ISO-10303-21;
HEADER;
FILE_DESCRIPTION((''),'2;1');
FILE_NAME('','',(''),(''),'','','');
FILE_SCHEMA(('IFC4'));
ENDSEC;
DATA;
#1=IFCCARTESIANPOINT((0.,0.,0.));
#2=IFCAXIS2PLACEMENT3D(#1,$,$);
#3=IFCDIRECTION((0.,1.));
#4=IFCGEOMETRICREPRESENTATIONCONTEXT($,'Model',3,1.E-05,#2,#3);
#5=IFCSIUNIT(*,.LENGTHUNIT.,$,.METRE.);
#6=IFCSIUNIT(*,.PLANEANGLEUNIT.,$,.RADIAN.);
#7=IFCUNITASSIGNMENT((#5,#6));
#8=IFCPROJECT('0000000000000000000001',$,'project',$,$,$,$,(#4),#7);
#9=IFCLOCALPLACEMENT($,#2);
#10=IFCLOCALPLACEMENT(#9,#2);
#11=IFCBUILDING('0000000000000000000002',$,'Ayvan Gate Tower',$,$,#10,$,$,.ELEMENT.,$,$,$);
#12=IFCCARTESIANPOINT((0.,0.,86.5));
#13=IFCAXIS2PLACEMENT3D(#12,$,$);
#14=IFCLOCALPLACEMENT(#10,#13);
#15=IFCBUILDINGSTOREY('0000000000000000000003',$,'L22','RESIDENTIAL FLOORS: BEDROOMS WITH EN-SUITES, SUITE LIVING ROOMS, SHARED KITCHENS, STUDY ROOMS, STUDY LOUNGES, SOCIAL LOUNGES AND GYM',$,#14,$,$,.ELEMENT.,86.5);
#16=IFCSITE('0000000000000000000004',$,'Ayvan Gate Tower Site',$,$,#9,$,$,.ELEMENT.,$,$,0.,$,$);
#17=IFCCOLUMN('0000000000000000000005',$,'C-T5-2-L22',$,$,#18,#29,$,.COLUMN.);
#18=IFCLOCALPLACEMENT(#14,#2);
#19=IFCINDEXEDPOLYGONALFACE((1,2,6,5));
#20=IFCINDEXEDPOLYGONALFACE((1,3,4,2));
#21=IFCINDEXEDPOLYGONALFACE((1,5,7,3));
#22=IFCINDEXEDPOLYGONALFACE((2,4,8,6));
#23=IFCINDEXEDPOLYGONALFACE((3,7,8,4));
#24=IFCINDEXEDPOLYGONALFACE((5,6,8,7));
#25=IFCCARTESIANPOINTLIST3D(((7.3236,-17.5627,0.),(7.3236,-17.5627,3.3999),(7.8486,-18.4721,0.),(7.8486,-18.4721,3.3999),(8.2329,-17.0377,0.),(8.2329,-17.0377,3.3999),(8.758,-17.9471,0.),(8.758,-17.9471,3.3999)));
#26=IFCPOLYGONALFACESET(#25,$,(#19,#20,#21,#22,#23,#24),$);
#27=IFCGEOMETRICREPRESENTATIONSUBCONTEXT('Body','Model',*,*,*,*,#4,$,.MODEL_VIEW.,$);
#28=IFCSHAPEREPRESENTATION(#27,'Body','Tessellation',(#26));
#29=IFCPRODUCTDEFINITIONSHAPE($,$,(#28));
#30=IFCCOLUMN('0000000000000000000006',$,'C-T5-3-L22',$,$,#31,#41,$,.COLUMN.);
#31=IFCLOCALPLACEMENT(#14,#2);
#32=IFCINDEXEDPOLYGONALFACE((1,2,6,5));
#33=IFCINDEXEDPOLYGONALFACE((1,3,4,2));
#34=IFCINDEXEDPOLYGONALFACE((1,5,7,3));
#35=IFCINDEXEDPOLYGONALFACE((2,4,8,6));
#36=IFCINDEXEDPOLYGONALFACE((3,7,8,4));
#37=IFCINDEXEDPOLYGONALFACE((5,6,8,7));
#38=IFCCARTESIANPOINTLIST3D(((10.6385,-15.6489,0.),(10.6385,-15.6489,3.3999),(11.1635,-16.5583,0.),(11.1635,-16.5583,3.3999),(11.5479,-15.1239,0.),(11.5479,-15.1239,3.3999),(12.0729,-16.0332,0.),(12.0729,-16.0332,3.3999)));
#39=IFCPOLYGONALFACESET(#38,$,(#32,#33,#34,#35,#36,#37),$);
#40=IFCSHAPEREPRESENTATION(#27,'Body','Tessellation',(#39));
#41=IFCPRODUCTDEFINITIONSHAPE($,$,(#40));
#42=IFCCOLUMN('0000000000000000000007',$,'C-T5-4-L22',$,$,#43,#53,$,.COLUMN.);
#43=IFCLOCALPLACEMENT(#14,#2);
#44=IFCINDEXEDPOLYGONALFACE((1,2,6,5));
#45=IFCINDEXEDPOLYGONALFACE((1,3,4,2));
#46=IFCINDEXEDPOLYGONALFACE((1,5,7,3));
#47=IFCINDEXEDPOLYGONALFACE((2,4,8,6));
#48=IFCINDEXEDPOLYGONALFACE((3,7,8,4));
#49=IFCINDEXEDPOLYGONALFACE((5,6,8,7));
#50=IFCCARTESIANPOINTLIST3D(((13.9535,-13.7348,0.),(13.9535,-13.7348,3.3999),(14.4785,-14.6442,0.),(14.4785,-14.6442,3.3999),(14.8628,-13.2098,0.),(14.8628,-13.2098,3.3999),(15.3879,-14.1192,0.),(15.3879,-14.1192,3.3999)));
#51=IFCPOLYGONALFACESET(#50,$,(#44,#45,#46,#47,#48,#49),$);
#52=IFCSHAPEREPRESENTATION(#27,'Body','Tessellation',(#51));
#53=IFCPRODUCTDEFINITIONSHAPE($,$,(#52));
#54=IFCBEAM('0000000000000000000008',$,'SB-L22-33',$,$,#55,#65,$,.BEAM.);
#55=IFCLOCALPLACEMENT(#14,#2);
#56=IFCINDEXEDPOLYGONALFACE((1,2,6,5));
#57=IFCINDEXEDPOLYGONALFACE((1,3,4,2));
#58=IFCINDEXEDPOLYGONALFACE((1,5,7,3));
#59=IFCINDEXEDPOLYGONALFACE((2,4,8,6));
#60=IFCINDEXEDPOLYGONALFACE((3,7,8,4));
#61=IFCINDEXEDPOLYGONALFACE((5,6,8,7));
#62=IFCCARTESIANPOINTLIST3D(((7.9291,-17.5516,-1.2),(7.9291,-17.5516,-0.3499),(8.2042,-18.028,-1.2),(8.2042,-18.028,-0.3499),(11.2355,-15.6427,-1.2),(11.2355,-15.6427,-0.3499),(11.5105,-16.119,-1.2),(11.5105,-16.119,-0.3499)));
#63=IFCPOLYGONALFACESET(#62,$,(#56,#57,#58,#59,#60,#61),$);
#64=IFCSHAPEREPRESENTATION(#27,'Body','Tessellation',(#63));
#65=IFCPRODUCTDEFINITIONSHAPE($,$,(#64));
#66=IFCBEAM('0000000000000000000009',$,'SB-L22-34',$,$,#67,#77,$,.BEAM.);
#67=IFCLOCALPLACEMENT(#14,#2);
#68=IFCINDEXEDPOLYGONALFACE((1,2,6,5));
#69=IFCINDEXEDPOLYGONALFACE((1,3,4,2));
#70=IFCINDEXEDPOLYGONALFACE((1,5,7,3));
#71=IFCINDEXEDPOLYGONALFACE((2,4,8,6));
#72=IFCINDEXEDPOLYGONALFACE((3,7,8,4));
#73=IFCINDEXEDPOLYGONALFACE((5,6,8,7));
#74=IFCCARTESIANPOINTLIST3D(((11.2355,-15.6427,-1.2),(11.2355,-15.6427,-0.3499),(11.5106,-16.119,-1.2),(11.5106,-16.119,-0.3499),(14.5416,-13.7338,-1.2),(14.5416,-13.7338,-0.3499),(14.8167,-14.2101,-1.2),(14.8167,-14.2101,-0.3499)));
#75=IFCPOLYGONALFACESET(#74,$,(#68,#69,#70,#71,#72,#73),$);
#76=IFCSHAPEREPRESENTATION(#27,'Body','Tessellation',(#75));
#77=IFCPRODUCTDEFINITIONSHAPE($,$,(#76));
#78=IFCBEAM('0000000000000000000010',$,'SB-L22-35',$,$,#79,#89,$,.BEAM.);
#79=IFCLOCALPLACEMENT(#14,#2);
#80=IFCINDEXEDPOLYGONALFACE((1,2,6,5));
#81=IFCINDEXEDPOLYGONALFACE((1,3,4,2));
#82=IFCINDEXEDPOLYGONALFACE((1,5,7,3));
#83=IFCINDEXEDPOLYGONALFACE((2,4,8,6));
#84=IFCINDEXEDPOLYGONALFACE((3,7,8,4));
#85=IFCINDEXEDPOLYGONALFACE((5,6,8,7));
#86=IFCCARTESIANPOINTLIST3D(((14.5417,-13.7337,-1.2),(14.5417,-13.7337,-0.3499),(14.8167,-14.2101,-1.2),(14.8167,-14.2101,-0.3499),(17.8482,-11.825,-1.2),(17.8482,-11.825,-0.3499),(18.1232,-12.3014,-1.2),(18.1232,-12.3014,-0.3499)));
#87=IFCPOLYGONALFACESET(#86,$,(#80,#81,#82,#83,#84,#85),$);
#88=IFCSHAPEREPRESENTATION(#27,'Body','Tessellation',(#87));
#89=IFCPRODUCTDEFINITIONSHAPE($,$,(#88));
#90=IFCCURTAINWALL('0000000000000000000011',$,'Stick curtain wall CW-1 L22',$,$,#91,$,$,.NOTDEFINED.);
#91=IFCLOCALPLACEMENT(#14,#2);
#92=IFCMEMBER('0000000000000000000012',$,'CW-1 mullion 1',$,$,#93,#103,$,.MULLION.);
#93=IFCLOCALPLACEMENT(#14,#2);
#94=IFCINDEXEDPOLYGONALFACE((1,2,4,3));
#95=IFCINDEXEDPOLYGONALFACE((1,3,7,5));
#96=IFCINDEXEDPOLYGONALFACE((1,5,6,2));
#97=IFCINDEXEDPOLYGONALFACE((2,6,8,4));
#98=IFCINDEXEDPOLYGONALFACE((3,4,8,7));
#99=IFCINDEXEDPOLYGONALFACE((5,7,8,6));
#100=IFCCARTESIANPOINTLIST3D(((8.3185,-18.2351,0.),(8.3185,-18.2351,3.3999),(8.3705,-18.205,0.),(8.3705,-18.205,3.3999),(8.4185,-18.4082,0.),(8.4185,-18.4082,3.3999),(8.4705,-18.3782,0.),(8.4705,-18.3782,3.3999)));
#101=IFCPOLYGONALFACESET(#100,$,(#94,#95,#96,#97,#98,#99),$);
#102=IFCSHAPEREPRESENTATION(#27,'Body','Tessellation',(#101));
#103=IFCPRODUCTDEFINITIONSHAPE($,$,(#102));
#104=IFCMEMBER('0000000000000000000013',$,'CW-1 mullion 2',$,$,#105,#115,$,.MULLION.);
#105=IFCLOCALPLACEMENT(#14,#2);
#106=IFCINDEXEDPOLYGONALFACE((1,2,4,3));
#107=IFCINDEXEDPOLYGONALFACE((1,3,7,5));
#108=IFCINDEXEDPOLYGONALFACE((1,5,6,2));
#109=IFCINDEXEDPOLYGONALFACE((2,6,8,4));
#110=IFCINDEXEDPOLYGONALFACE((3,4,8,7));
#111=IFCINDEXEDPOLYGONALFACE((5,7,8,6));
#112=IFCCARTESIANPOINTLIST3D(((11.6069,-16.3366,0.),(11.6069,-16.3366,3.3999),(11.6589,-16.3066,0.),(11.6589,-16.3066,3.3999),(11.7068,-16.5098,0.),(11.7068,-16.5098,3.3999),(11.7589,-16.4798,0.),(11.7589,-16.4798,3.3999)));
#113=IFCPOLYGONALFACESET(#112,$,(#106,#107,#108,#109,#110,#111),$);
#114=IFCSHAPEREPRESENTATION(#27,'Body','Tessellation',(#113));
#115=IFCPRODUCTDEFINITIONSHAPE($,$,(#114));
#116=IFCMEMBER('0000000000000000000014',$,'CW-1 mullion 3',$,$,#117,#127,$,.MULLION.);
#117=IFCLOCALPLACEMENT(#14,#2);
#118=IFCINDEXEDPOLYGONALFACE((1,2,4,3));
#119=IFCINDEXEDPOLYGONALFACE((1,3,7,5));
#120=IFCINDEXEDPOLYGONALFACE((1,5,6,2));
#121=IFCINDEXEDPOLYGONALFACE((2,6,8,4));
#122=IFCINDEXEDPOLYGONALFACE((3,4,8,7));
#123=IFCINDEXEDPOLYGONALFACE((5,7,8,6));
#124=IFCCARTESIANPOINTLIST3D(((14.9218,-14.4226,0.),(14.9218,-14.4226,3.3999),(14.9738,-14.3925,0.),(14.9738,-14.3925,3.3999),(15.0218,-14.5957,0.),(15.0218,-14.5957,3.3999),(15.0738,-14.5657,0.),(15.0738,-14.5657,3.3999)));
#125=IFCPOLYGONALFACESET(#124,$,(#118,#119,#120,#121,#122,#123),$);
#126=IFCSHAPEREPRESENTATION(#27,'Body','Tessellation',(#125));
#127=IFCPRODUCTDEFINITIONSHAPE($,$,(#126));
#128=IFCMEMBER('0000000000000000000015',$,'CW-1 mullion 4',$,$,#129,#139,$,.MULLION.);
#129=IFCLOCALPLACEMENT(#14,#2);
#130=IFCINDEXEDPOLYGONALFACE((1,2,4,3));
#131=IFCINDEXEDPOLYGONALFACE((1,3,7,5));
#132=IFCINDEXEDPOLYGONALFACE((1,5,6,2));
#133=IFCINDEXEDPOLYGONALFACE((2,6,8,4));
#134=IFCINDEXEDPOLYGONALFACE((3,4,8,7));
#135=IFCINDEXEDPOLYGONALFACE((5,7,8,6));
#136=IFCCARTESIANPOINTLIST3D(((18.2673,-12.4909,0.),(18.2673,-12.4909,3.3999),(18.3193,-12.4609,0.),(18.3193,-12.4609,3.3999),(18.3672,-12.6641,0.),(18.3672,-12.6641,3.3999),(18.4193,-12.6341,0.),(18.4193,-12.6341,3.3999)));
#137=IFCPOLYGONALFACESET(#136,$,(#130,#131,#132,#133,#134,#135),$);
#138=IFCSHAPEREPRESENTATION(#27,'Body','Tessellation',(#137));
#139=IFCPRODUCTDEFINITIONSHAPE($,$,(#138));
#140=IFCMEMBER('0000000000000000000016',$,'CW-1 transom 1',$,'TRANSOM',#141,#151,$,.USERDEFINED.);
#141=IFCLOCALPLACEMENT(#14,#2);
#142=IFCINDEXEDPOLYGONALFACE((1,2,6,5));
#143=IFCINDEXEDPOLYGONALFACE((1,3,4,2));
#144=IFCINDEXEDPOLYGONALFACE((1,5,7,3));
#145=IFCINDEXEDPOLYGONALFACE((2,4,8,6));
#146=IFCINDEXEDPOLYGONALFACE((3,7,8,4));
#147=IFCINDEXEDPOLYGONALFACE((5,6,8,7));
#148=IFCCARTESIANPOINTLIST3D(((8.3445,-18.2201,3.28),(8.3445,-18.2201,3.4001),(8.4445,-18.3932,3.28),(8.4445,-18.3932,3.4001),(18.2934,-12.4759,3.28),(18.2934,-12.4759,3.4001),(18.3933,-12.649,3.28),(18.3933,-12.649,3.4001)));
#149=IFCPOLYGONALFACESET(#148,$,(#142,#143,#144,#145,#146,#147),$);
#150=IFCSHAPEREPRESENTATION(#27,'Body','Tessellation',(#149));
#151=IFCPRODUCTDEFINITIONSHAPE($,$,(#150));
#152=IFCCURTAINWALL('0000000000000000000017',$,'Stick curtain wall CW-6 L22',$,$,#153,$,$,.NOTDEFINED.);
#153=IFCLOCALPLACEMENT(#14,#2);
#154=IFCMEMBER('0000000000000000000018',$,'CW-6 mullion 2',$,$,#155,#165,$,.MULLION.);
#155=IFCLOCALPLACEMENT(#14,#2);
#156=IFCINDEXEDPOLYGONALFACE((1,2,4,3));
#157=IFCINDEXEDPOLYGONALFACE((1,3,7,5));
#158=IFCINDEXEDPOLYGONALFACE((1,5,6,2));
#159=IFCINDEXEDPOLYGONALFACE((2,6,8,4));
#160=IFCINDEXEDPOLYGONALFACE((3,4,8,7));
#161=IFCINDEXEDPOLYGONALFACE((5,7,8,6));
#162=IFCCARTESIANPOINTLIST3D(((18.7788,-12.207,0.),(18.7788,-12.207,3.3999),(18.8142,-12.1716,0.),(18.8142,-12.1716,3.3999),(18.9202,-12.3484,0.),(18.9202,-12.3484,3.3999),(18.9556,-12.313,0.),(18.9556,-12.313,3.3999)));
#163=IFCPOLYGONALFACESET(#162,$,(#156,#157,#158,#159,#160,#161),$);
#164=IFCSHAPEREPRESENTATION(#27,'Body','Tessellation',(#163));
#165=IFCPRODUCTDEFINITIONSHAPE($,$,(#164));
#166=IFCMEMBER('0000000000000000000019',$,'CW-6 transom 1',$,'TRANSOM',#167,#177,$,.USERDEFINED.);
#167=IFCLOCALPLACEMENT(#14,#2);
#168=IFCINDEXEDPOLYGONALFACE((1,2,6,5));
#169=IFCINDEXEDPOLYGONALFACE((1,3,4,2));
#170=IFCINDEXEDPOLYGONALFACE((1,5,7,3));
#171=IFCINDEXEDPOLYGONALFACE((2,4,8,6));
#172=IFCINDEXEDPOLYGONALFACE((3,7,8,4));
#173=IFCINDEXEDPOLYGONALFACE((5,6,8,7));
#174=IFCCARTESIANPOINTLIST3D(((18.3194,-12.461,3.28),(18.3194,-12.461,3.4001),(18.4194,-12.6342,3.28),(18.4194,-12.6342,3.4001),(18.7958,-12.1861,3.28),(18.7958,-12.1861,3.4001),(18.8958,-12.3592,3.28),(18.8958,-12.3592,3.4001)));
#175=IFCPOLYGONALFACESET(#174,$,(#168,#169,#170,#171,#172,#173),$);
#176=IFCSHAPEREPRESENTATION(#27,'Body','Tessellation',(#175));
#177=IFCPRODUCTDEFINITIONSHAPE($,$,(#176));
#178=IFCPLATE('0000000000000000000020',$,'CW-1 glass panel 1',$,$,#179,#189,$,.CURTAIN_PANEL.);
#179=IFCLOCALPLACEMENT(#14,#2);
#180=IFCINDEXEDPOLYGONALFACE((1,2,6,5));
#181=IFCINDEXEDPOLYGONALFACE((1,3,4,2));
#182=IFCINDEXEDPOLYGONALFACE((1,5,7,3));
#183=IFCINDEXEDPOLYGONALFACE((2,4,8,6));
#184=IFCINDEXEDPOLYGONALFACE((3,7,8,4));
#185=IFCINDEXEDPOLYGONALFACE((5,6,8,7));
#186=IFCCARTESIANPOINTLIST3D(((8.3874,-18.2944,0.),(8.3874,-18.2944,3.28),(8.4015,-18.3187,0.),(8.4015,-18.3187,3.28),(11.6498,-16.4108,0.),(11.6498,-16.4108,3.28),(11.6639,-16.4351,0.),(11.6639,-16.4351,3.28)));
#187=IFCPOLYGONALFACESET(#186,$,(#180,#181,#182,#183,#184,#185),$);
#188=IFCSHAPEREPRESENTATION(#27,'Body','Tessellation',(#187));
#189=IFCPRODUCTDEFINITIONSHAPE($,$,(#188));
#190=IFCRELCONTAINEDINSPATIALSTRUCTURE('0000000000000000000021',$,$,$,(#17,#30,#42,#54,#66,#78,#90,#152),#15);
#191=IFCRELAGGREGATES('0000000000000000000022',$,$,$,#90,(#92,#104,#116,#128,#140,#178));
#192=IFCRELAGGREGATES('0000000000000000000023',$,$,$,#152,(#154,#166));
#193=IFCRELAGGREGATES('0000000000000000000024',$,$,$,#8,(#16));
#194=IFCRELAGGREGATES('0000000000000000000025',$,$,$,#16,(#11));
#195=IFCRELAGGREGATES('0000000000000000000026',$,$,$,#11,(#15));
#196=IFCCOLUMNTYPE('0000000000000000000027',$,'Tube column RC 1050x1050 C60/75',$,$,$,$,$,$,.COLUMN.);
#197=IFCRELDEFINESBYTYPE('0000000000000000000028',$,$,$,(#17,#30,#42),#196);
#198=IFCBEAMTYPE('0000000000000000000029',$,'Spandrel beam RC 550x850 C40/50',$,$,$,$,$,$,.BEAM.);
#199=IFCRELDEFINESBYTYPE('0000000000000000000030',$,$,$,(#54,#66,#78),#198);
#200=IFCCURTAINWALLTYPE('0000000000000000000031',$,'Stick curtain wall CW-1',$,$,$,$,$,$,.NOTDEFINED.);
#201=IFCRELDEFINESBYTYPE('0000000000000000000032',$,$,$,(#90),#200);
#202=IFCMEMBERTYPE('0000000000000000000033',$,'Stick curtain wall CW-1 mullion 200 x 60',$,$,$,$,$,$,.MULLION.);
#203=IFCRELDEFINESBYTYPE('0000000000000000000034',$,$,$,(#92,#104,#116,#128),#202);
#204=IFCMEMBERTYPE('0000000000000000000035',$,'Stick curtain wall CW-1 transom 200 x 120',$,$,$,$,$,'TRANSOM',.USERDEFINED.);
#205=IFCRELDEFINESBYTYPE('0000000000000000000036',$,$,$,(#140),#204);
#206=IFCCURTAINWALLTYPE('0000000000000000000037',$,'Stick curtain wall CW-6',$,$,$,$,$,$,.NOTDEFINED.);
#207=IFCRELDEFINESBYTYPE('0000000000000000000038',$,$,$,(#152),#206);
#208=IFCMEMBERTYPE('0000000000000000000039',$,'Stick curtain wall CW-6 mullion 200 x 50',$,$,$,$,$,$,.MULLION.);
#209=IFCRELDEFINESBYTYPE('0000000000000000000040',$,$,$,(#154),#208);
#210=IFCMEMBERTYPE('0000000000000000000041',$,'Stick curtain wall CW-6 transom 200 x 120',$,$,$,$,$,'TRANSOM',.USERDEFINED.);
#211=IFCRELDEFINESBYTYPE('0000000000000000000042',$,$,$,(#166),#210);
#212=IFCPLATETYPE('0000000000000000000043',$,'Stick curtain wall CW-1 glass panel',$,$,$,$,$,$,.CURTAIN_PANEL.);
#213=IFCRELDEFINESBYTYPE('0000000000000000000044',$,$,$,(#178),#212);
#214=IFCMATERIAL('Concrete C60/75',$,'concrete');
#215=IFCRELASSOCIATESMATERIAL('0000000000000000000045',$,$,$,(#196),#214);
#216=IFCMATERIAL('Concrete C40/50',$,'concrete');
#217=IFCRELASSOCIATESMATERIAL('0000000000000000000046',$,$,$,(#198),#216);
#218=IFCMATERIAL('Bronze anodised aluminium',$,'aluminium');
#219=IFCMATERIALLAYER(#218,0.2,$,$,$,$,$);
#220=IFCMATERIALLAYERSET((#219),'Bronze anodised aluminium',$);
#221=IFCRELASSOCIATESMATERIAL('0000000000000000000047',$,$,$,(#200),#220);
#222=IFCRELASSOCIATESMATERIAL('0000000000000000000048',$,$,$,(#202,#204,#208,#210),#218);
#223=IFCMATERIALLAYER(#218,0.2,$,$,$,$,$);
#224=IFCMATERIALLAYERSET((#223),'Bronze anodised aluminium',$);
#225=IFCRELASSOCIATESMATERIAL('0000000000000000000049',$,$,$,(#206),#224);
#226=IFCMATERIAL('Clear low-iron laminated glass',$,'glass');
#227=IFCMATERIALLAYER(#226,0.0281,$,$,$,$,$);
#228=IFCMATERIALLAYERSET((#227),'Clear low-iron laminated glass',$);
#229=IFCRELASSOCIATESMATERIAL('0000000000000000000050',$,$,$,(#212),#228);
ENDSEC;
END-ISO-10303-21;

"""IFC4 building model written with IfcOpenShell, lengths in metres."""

from ifc_helpers import new_model, si_unit, direction, frame, origin, origin_2d, place, context, subcontext, project, spatial, rectangle, extrude, material, layer, layer_set, material_profile, profile_set, type_object, element, aggregate, save


model = new_model("IFC4")

# Units and contexts
model_context = context("Model", 3, precision=1e-05, world=origin(), true_north=direction((0.0, 1.0)))
body_context = subcontext(model_context, "Body", "Model", "MODEL_VIEW")
ifc_project = project(units=[si_unit("LENGTHUNIT", "METRE"), si_unit("PLANEANGLEUNIT", "RADIAN")], contexts=[model_context])

# Site, building, storey
site_placement = place(None, origin())
site = spatial("IfcSite", under=ifc_project, at=site_placement, Name="Ayvan Gate Tower Site", CompositionType="ELEMENT", RefElevation=0.0)
building_placement = place(site_placement, origin())
building = spatial("IfcBuilding", under=site, at=building_placement, Name="Ayvan Gate Tower", CompositionType="ELEMENT")
storey_placement = place(building_placement, frame((0.0, 0.0, 86.5)))
storey = spatial("IfcBuildingStorey", under=building, at=storey_placement, Name="L22", Description="RESIDENTIAL FLOORS: BEDROOMS WITH EN-SUITES, SUITE LIVING ROOMS, SHARED KITCHENS, STUDY ROOMS, STUDY LOUNGES, SOCIAL LOUNGES AND GYM", CompositionType="ELEMENT", Elevation=86.5)

# Columns
ifc_material_1 = material(Name="Concrete C60/75", Category="concrete")
ifc_material_profile_1 = material_profile(ifc_material_1, rectangle(XDim=1.05, YDim=1.05, at=origin_2d()), Name="RC 1050x1050")
ifc_profile_set_1 = profile_set([ifc_material_profile_1], Name="Concrete C60/75")
column_type = type_object("IfcColumnType", Name="Tube column RC 1050x1050 C60/75", PredefinedType="COLUMN", material=ifc_profile_set_1)
for number, where, z_axis, x_axis, name in (
    (1, (8.0408, -17.7549, 0.0), (0.0, 0.0, 1.0), (0.5, -0.866025, 0.0), "C-T5-2-L22"),
    (2, (11.3557, -15.8411, 0.0), (0.0, 0.0, 1.0), (0.5, -0.866025, 0.0), "C-T5-3-L22"),
    (3, (14.6707, -13.927, 0.0), (0.0, 0.0, 1.0), (0.5, -0.866025, 0.0), "C-T5-4-L22"),
):
    element("IfcColumn", number, at=place(storey_placement, frame(where, z_axis=z_axis, x_axis=x_axis)), inside=storey, type_object=column_type, Name=name, PredefinedType="COLUMN", context=body_context, shape_type="SweptSolid", body=[
        extrude(rectangle(XDim=1.05, YDim=1.05, at=origin_2d()), origin(), (0.0, 0.0, 1.0), 3.3999),
    ])

# Beams
ifc_material_2 = material(Name="Concrete C40/50", Category="concrete")
ifc_material_profile_2 = material_profile(ifc_material_2, rectangle(XDim=0.55, YDim=0.8501, at=origin_2d()), Name="RC 550x850")
ifc_profile_set_2 = profile_set([ifc_material_profile_2], Name="Concrete C40/50")
beam_type = type_object("IfcBeamType", Name="Spandrel beam RC 550x850 C40/50", PredefinedType="BEAM", material=ifc_profile_set_2)
beam_1_placement = place(storey_placement, frame((8.0667, -17.7898, -0.7749), z_axis=(0.866027, 0.499997, 0.0), x_axis=(-0.499997, 0.866027, 0.0)))
element("IfcBeam", 4, at=beam_1_placement, inside=storey, type_object=beam_type, Name="SB-L22-33", PredefinedType="BEAM", context=body_context, shape_type="SweptSolid", body=[
    extrude(rectangle(XDim=0.55, YDim=0.8501, at=origin_2d()), origin(), (0.0, 0.0, 1.0), 3.8179),
])
beam_2_placement = place(storey_placement, frame((11.373, -15.8809, -0.7749), z_axis=(0.866011, 0.500025, 0.0), x_axis=(-0.500025, 0.866011, 0.0)))
element("IfcBeam", 5, at=beam_2_placement, inside=storey, type_object=beam_type, Name="SB-L22-34", PredefinedType="BEAM", context=body_context, shape_type="SweptSolid", body=[
    extrude(rectangle(XDim=0.55, YDim=0.8501, at=origin_2d()), origin(), (0.0, 0.0, 1.0), 3.8176),
])
beam_3_placement = place(storey_placement, frame((14.6792, -13.9719, -0.7749), z_axis=(0.866055, 0.499949, 0.0), x_axis=(-0.499949, 0.866055, 0.0)))
element("IfcBeam", 6, at=beam_3_placement, inside=storey, type_object=beam_type, Name="SB-L22-35", PredefinedType="BEAM", context=body_context, shape_type="SweptSolid", body=[
    extrude(rectangle(XDim=0.55, YDim=0.8501, at=origin_2d()), origin(), (0.0, 0.0, 1.0), 3.8179),
])

# Curtain walls, members
ifc_material_3 = material(Name="Bronze anodised aluminium", Category="aluminium")
ifc_layer_1 = layer(ifc_material_3, 0.2)
ifc_layer_set_1 = layer_set([ifc_layer_1], Name="Bronze anodised aluminium")
curtain_wall_type_1 = type_object("IfcCurtainWallType", Name="Stick curtain wall CW-1", PredefinedType="NOTDEFINED", material=ifc_layer_set_1)
curtain_wall_1_placement = place(storey_placement, origin())
curtain_wall_1 = element("IfcCurtainWall", 7, at=curtain_wall_1_placement, inside=storey, type_object=curtain_wall_type_1, Name="Stick curtain wall CW-1 L22", PredefinedType="NOTDEFINED")
ifc_material_profile_3 = material_profile(ifc_material_3, rectangle(XDim=0.2, YDim=0.0601, at=origin_2d()), Name="Stick curtain wall CW-1 mullion 200 x 60")
ifc_profile_set_3 = profile_set([ifc_material_profile_3], Name="Bronze anodised aluminium")
member_type_1 = type_object("IfcMemberType", Name="Stick curtain wall CW-1 mullion 200 x 60", PredefinedType="MULLION", material=ifc_profile_set_3)
member_1_placement = place(storey_placement, frame((8.3945, -18.3066, 0.0), z_axis=(0.0, 0.0, 1.0), x_axis=(0.5, -0.866025, 0.0)))
member_1 = element("IfcMember", 8, at=member_1_placement, type_object=member_type_1, Name="CW-1 mullion 1", PredefinedType="MULLION", context=body_context, shape_type="SweptSolid", body=[
    extrude(rectangle(XDim=0.2, YDim=0.0601, at=origin_2d()), origin(), (0.0, 0.0, 1.0), 3.3999),
])
member_2_placement = place(storey_placement, frame((11.6829, -16.4082, 0.0), z_axis=(0.0, 0.0, 1.0), x_axis=(0.5, -0.866025, 0.0)))
member_2 = element("IfcMember", 9, at=member_2_placement, type_object=member_type_1, Name="CW-1 mullion 2", PredefinedType="MULLION", context=body_context, shape_type="SweptSolid", body=[
    extrude(rectangle(XDim=0.2, YDim=0.0601, at=origin_2d()), origin(), (0.0, 0.0, 1.0), 3.3999),
])
member_3_placement = place(storey_placement, frame((14.9978, -14.4941, 0.0), z_axis=(0.0, 0.0, 1.0), x_axis=(0.5, -0.866025, 0.0)))
member_3 = element("IfcMember", 10, at=member_3_placement, type_object=member_type_1, Name="CW-1 mullion 3", PredefinedType="MULLION", context=body_context, shape_type="SweptSolid", body=[
    extrude(rectangle(XDim=0.2, YDim=0.0601, at=origin_2d()), origin(), (0.0, 0.0, 1.0), 3.3999),
])
member_4_placement = place(storey_placement, frame((18.3433, -12.5625, 0.0), z_axis=(0.0, 0.0, 1.0), x_axis=(0.5, -0.866025, 0.0)))
member_4 = element("IfcMember", 11, at=member_4_placement, type_object=member_type_1, Name="CW-1 mullion 4", PredefinedType="MULLION", context=body_context, shape_type="SweptSolid", body=[
    extrude(rectangle(XDim=0.2, YDim=0.0601, at=origin_2d()), origin(), (0.0, 0.0, 1.0), 3.3999),
])
ifc_material_profile_4 = material_profile(ifc_material_3, rectangle(XDim=0.2, YDim=0.1201, at=origin_2d()), Name="Stick curtain wall CW-1 transom 200 x 120")
ifc_profile_set_4 = profile_set([ifc_material_profile_4], Name="Bronze anodised aluminium")
member_type_2 = type_object("IfcMemberType", Name="Stick curtain wall CW-1 transom 200 x 120", ElementType="TRANSOM", PredefinedType="USERDEFINED", material=ifc_profile_set_4)
member_5_placement = place(storey_placement, frame((8.3945, -18.3066, 3.3401), z_axis=(0.866016, 0.500016, 0.0), x_axis=(-0.500016, 0.866016, 0.0)))
member_5 = element("IfcMember", 12, at=member_5_placement, type_object=member_type_2, Name="CW-1 transom 1", ObjectType="TRANSOM", PredefinedType="USERDEFINED", context=body_context, shape_type="SweptSolid", body=[
    extrude(rectangle(XDim=0.2, YDim=0.1201, at=origin_2d()), origin(), (0.0, 0.0, 1.0), 11.488),
])
ifc_layer_2 = layer(ifc_material_3, 0.2)
ifc_layer_set_2 = layer_set([ifc_layer_2], Name="Bronze anodised aluminium")
curtain_wall_type_2 = type_object("IfcCurtainWallType", Name="Stick curtain wall CW-6", PredefinedType="NOTDEFINED", material=ifc_layer_set_2)
curtain_wall_2_placement = place(storey_placement, origin())
curtain_wall_2 = element("IfcCurtainWall", 13, at=curtain_wall_2_placement, inside=storey, type_object=curtain_wall_type_2, Name="Stick curtain wall CW-6 L22", PredefinedType="NOTDEFINED")
ifc_material_profile_5 = material_profile(ifc_material_3, rectangle(XDim=0.2, YDim=0.05, at=origin_2d()), Name="Stick curtain wall CW-6 mullion 200 x 50")
ifc_profile_set_5 = profile_set([ifc_material_profile_5], Name="Bronze anodised aluminium")
member_type_3 = type_object("IfcMemberType", Name="Stick curtain wall CW-6 mullion 200 x 50", PredefinedType="MULLION", material=ifc_profile_set_5)
member_6_placement = place(storey_placement, frame((18.8672, -12.26, 0.0), z_axis=(0.0, 0.0, 1.0), x_axis=(0.707107, -0.707107, 0.0)))
member_6 = element("IfcMember", 14, at=member_6_placement, type_object=member_type_3, Name="CW-6 mullion 2", PredefinedType="MULLION", context=body_context, shape_type="SweptSolid", body=[
    extrude(rectangle(XDim=0.2, YDim=0.05, at=origin_2d()), origin(), (0.0, 0.0, 1.0), 3.3999),
])
ifc_material_profile_6 = material_profile(ifc_material_3, rectangle(XDim=0.2, YDim=0.1201, at=origin_2d()), Name="Stick curtain wall CW-6 transom 200 x 120")
ifc_profile_set_6 = profile_set([ifc_material_profile_6], Name="Bronze anodised aluminium")
member_type_4 = type_object("IfcMemberType", Name="Stick curtain wall CW-6 transom 200 x 120", ElementType="TRANSOM", PredefinedType="USERDEFINED", material=ifc_profile_set_6)
member_7_placement = place(storey_placement, frame((18.3694, -12.5476, 3.3401), z_axis=(0.866104, 0.499863, 0.0), x_axis=(-0.499863, 0.866104, 0.0)))
member_7 = element("IfcMember", 15, at=member_7_placement, type_object=member_type_4, Name="CW-6 transom 1", ObjectType="TRANSOM", PredefinedType="USERDEFINED", context=body_context, shape_type="SweptSolid", body=[
    extrude(rectangle(XDim=0.2, YDim=0.1201, at=origin_2d()), origin(), (0.0, 0.0, 1.0), 0.55),
])

# Plate
ifc_material_4 = material(Name="Clear low-iron laminated glass", Category="glass")
ifc_layer_3 = layer(ifc_material_4, 0.0281)
ifc_layer_set_3 = layer_set([ifc_layer_3], Name="Clear low-iron laminated glass")
plate_type_1 = type_object("IfcPlateType", Name="Stick curtain wall CW-1 glass panel", PredefinedType="CURTAIN_PANEL", material=ifc_layer_set_3)
plate_1_placement = place(storey_placement, frame((10.0256, -17.3647, 0.0), z_axis=(0.0, 0.0, 1.0), x_axis=(0.866025, 0.5, 0.0)))
plate_1 = element("IfcPlate", 16, at=plate_1_placement, type_object=plate_type_1, Name="CW-1 glass panel 1", PredefinedType="CURTAIN_PANEL", context=body_context, shape_type="SweptSolid", body=[
    extrude(rectangle(XDim=3.7671, YDim=0.0281, at=origin_2d()), origin(), (0.0, 0.0, 1.0), 3.28),
])
aggregate(curtain_wall_1, [member_1, member_2, member_3, member_4, member_5, plate_1])
aggregate(curtain_wall_2, [member_6, member_7])

save(model, "model.ifc")
